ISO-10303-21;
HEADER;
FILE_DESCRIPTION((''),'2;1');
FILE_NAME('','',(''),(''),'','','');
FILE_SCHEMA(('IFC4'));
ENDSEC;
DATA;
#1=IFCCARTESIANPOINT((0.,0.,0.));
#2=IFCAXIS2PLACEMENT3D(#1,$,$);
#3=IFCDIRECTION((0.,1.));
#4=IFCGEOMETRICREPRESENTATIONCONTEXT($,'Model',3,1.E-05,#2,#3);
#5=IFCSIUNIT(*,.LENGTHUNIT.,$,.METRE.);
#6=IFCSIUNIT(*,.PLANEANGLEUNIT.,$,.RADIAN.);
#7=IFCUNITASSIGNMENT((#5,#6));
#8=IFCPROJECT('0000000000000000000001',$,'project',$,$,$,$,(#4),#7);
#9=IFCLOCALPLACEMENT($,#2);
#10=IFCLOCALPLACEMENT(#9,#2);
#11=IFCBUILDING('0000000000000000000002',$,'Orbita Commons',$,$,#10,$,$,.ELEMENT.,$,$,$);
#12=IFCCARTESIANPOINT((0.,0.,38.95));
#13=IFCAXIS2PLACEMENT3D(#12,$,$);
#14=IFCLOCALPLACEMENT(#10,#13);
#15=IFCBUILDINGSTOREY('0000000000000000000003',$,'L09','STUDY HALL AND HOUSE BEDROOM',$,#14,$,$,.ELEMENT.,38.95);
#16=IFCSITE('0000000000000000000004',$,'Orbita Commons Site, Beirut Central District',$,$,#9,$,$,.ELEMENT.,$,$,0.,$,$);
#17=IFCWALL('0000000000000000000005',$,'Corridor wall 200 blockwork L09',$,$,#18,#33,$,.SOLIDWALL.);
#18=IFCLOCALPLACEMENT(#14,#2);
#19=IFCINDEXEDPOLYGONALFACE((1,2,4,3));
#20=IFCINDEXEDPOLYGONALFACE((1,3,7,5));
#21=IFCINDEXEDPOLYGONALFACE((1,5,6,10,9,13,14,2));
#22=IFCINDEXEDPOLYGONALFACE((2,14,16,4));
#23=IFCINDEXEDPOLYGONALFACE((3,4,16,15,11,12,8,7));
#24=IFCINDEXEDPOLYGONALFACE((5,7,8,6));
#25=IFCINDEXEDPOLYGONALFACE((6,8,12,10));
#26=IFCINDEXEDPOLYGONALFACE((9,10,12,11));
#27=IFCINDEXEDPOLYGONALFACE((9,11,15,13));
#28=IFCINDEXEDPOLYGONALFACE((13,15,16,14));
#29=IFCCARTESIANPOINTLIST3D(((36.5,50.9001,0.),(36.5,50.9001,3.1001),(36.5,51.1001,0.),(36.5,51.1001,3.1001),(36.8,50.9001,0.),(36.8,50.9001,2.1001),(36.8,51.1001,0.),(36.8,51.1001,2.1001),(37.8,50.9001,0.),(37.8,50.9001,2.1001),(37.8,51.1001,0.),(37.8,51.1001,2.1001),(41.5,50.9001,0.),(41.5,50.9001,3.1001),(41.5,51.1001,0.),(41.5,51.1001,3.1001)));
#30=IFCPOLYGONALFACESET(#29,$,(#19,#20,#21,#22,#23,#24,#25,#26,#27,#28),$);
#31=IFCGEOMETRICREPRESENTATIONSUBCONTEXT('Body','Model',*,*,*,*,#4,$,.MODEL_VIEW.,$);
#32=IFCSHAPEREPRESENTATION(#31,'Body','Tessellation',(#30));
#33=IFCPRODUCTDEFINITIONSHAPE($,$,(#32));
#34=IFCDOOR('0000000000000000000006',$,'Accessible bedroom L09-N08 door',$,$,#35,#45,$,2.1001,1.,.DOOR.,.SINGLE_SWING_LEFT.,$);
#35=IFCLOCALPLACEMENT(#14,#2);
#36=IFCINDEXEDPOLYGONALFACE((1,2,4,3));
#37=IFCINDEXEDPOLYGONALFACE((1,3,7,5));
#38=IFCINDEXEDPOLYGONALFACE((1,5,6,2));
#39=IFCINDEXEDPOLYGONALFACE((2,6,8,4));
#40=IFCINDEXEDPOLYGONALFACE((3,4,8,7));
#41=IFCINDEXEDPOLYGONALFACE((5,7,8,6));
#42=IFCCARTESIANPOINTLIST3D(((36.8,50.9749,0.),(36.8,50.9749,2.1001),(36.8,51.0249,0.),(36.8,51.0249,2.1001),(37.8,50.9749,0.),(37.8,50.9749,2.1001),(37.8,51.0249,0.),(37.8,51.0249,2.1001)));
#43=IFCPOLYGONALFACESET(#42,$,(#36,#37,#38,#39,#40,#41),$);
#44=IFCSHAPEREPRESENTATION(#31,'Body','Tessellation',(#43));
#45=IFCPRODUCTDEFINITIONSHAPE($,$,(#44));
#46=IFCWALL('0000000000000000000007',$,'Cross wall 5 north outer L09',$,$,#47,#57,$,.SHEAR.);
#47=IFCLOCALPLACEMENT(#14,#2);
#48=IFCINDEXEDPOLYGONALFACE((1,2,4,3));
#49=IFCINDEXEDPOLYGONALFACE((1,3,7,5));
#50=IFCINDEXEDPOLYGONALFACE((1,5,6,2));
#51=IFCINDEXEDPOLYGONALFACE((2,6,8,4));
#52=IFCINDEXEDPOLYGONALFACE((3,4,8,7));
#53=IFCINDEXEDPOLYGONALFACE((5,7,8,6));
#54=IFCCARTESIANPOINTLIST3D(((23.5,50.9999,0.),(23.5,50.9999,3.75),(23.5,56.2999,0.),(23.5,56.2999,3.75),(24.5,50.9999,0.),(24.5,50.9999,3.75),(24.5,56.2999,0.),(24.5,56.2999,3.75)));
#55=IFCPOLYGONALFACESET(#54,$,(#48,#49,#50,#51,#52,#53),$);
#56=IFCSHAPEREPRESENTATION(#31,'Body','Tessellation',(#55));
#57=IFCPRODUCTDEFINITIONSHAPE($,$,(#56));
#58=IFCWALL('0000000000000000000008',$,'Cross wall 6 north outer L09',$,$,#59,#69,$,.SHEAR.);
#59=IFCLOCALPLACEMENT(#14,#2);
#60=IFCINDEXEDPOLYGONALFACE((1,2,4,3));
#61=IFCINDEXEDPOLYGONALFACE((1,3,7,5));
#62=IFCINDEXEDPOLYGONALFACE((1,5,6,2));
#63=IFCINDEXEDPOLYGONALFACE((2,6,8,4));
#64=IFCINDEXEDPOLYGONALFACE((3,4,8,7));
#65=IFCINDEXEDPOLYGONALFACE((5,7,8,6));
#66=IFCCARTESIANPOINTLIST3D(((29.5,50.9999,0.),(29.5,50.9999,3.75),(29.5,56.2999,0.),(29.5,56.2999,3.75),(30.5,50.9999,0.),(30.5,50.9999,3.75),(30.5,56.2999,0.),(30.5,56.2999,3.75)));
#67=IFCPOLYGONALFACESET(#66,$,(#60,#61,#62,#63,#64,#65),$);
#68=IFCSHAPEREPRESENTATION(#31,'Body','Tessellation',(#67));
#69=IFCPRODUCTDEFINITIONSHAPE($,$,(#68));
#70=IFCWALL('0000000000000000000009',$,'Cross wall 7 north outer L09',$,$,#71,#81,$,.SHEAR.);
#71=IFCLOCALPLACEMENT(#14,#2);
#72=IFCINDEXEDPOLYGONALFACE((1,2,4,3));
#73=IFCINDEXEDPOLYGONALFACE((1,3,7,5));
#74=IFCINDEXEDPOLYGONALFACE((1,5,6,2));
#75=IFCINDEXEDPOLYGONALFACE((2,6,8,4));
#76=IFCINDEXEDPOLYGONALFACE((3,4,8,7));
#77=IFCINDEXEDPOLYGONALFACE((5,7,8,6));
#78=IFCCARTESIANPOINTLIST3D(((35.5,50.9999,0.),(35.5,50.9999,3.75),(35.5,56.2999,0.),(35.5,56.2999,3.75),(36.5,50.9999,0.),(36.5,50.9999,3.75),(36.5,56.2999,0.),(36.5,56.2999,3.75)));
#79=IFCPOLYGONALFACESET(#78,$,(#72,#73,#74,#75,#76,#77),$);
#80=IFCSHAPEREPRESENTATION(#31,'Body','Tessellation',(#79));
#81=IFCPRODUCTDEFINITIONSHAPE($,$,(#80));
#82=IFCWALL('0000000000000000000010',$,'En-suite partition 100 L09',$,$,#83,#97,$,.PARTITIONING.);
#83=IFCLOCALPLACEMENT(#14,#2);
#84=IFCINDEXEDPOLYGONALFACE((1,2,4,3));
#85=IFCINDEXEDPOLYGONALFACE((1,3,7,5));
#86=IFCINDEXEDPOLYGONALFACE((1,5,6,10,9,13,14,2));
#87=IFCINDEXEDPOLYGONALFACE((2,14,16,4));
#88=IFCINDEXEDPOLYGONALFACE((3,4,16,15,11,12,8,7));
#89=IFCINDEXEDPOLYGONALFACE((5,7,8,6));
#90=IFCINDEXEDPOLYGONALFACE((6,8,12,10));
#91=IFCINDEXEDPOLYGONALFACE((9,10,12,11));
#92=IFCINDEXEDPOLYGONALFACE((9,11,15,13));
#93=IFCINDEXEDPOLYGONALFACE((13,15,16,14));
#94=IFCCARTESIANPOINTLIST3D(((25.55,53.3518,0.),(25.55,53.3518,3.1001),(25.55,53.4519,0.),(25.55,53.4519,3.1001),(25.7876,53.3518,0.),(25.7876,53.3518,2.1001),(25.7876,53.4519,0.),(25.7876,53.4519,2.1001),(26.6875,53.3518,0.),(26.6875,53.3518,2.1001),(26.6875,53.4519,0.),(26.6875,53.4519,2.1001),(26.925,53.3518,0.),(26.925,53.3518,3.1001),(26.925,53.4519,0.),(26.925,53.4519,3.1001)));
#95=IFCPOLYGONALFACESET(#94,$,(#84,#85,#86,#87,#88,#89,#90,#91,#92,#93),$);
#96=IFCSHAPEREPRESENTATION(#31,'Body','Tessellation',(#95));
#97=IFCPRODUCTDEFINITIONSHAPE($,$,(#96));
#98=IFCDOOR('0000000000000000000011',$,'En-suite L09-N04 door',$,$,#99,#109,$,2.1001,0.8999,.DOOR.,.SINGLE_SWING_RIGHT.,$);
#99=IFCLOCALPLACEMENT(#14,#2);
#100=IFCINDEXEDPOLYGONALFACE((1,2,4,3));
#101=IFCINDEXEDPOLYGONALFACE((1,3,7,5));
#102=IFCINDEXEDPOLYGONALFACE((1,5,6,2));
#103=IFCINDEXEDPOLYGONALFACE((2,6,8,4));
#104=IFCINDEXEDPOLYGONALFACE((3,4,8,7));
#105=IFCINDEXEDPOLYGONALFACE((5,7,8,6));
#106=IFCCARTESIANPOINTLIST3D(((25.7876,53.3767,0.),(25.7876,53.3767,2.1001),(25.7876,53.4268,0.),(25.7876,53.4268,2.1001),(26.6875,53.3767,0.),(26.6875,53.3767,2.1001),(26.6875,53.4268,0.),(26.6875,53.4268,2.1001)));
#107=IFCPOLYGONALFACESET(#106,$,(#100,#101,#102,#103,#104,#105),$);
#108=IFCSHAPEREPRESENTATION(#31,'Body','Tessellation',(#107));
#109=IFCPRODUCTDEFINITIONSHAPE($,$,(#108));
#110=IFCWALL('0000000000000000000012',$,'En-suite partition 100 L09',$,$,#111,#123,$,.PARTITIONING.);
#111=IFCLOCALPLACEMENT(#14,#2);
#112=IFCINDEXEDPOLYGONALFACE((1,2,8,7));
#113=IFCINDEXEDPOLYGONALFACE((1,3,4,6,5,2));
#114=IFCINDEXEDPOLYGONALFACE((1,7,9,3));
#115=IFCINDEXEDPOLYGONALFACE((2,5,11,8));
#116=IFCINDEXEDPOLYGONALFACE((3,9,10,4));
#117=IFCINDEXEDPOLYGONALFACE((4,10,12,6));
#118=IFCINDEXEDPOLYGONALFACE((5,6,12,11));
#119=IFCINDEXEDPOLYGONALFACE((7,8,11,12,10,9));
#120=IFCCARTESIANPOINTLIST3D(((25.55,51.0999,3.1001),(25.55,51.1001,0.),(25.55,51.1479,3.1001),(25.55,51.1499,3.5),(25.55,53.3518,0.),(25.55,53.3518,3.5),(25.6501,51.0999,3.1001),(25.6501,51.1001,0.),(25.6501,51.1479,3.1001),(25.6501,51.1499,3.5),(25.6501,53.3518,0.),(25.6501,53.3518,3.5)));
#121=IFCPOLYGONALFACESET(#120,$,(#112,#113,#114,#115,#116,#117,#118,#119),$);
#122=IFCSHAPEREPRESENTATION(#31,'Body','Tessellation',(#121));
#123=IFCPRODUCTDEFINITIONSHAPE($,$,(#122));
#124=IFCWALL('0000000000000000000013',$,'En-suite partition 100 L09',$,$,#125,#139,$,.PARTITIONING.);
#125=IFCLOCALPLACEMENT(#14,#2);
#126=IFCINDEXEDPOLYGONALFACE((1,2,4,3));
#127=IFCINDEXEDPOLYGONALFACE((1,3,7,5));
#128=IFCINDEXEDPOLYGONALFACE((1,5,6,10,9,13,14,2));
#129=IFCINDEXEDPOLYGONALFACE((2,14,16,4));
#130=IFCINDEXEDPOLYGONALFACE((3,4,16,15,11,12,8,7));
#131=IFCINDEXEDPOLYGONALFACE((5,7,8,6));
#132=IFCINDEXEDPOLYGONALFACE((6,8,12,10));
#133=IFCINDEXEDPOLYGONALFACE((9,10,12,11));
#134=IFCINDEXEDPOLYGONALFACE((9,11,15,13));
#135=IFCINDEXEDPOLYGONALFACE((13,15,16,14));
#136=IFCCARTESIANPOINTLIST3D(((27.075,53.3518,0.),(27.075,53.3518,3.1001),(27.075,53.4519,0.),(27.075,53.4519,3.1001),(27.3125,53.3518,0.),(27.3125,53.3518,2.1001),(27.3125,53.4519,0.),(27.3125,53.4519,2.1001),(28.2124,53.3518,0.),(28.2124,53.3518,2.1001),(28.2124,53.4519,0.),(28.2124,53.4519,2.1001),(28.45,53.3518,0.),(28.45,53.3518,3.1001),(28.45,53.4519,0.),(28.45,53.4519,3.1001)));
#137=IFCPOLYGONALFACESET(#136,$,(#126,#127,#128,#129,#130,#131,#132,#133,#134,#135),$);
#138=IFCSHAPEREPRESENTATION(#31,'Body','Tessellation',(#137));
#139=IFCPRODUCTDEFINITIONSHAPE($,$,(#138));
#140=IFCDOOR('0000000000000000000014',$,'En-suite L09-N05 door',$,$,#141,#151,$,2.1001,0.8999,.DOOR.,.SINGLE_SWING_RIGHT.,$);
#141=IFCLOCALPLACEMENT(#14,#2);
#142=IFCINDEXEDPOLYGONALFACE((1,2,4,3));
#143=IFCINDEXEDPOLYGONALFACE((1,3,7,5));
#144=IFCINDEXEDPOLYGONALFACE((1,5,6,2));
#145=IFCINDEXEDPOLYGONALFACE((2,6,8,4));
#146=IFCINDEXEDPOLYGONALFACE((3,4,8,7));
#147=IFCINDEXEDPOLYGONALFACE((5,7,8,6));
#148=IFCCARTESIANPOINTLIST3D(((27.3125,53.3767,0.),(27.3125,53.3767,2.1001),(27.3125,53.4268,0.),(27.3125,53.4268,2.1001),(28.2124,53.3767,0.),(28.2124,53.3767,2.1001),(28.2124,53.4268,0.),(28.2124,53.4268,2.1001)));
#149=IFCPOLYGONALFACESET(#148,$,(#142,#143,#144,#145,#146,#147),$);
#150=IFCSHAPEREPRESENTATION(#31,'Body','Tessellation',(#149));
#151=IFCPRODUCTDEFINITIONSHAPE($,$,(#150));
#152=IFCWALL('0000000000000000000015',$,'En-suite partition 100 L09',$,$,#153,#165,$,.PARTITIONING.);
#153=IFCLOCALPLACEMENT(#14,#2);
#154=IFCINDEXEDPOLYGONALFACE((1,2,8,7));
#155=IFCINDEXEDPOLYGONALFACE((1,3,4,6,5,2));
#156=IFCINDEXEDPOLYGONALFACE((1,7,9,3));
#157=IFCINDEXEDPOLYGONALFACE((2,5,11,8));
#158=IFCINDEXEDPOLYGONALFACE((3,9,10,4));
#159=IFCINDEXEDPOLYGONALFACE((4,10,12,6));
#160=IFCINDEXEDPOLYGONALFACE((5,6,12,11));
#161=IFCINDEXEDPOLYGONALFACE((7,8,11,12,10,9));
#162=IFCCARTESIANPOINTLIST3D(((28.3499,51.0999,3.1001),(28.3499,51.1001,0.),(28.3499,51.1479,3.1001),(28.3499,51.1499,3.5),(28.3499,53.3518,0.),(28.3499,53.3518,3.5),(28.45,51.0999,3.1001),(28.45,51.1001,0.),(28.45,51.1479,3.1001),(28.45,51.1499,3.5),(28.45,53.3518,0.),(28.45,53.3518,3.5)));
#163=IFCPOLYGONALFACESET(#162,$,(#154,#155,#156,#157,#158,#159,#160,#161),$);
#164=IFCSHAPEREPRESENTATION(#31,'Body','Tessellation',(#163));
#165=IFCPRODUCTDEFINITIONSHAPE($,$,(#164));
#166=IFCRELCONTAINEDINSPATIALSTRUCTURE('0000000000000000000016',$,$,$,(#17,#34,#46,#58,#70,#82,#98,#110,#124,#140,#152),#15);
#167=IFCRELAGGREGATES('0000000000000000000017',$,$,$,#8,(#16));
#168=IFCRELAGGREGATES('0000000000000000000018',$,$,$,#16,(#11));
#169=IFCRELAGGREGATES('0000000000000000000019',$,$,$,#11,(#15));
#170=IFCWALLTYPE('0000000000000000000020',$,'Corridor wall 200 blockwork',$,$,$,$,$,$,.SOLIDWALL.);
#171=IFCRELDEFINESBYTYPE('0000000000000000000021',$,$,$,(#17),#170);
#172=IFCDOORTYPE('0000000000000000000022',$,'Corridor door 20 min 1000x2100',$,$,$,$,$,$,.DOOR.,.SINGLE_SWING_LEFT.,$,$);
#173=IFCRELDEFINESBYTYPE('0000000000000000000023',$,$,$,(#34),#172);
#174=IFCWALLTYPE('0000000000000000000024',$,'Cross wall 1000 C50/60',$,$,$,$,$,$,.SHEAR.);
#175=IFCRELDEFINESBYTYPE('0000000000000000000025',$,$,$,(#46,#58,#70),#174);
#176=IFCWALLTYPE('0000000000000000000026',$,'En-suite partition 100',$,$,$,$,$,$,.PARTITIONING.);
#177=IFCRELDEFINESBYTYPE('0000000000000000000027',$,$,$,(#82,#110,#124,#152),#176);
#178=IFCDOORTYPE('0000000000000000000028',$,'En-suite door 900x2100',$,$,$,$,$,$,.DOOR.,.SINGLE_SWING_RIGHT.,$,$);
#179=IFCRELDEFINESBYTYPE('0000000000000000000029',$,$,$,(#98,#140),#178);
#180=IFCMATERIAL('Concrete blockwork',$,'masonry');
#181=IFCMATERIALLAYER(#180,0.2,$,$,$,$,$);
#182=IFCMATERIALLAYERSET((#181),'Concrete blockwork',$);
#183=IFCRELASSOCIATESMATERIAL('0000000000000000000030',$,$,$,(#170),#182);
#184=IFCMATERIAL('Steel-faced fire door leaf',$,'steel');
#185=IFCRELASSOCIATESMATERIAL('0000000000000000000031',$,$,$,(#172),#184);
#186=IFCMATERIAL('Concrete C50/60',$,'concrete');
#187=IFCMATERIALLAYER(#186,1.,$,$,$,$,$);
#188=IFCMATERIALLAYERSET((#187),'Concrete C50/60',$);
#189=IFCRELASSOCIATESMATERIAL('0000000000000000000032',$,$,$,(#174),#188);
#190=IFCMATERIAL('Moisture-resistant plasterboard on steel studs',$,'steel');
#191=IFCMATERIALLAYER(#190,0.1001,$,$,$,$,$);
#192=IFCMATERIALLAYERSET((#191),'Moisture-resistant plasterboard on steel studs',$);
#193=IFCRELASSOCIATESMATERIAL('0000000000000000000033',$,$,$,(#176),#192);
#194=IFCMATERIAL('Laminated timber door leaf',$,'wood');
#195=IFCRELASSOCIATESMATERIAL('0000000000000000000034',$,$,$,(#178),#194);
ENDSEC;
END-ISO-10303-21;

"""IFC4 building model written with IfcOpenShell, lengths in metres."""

from ifc_helpers import new_model, si_unit, direction, frame, frame_2d, origin, place, context, subcontext, project, spatial, polyline, rectangle, outline, extrude, material, layer, layer_set, type_object, element, fill, save


model = new_model("IFC4")

# Units and contexts
model_context = context("Model", 3, precision=1e-05, world=origin(), true_north=direction((0.0, 1.0)))
body_context = subcontext(model_context, "Body", "Model", "MODEL_VIEW")
ifc_project = project(units=[si_unit("LENGTHUNIT", "METRE"), si_unit("PLANEANGLEUNIT", "RADIAN")], contexts=[model_context])

# Site, building, storey
site_placement = place(None, origin())
site = spatial("IfcSite", under=ifc_project, at=site_placement, Name="Orbita Commons Site, Beirut Central District", CompositionType="ELEMENT", RefElevation=0.0)
building_placement = place(site_placement, origin())
building = spatial("IfcBuilding", under=site, at=building_placement, Name="Orbita Commons", CompositionType="ELEMENT")
storey_placement = place(building_placement, frame((0.0, 0.0, 38.95)))
storey = spatial("IfcBuildingStorey", under=building, at=storey_placement, Name="L09", Description="STUDY HALL AND HOUSE BEDROOM", CompositionType="ELEMENT", Elevation=38.95)

# Shared definitions
ifc_material_1 = material(Name="Concrete blockwork", Category="masonry")
ifc_layer_1 = layer(ifc_material_1, 0.2)
ifc_layer_set_1 = layer_set([ifc_layer_1], Name="Concrete blockwork")
wall_type_1 = type_object("IfcWallType", Name="Corridor wall 200 blockwork", PredefinedType="SOLIDWALL", material=ifc_layer_set_1)

# Wall, opening, door
wall_1_placement = place(storey_placement, frame((36.5, 51.0, 0.0), z_axis=(0.0, 0.0, 1.0), x_axis=(1.0, 0.0, 0.0)))
wall_1 = element("IfcWall", 1, at=wall_1_placement, inside=storey, type_object=wall_type_1, Name="Corridor wall 200 blockwork L09", PredefinedType="SOLIDWALL", context=body_context, shape_type="SweptSolid", body=[
    extrude(outline(polyline([(0.0, 0.0), (5.0, 0.0), (5.0, 3.1001), (0.0, 3.1001), (0.0, 0.0)])), frame((0.0, 0.1001, 0.0), z_axis=(0.0, -1.0, 0.0), x_axis=(1.0, 0.0, 0.0)), (0.0, 0.0, 1.0), 0.2),
])
opening_1_placement = place(wall_1_placement, frame((0.3, 0.0, 0.0)))
opening_1 = element("IfcOpeningElement", 2, at=opening_1_placement, cuts=wall_1, PredefinedType="OPENING", context=body_context, shape_type="SweptSolid", body=[
    extrude(rectangle(XDim=1.0, YDim=2.1001, at=frame_2d((0.5, 1.05))), frame((0.0, 0.1099, 0.0), z_axis=(0.0, -1.0, 0.0), x_axis=(1.0, 0.0, 0.0)), (0.0, 0.0, 1.0), 0.22),
])
ifc_material_2 = material(Name="Steel-faced fire door leaf", Category="steel")
door_type_1 = type_object("IfcDoorType", Name="Corridor door 20 min 1000x2100", OperationType="SINGLE_SWING_LEFT", PredefinedType="DOOR", material=ifc_material_2)
door_1_placement = place(opening_1_placement, origin())
door_1 = element("IfcDoor", 3, at=door_1_placement, inside=storey, type_object=door_type_1, Name="Accessible bedroom L09-N08 door", OperationType="SINGLE_SWING_LEFT", OverallHeight=2.1001, OverallWidth=1.0, PredefinedType="DOOR", context=body_context, shape_type="SweptSolid", body=[
    extrude(rectangle(XDim=1.0, YDim=2.1001, at=frame_2d((0.5, 1.05))), frame((0.0, 0.0249, 0.0), z_axis=(0.0, -1.0, 0.0), x_axis=(1.0, 0.0, 0.0)), (0.0, 0.0, 1.0), 0.05),
])
fill(opening_1, door_1)

# Walls
ifc_material_3 = material(Name="Concrete C50/60", Category="concrete")
ifc_layer_2 = layer(ifc_material_3, 1.0)
ifc_layer_set_2 = layer_set([ifc_layer_2], Name="Concrete C50/60")
wall_type_2 = type_object("IfcWallType", Name="Cross wall 1000 C50/60", PredefinedType="SHEAR", material=ifc_layer_set_2)
for number, where, z_axis, x_axis, name in (
    (4, (24.0, 51.0, 0.0), (0.0, 0.0, 1.0), (0.0, 1.0, 0.0), "Cross wall 5 north outer L09"),
    (5, (30.0, 51.0, 0.0), (0.0, 0.0, 1.0), (0.0, 1.0, 0.0), "Cross wall 6 north outer L09"),
    (6, (36.0, 51.0, 0.0), (0.0, 0.0, 1.0), (0.0, 1.0, 0.0), "Cross wall 7 north outer L09"),
):
    element("IfcWall", number, at=place(storey_placement, frame(where, z_axis=z_axis, x_axis=x_axis)), inside=storey, type_object=wall_type_2, Name=name, PredefinedType="SHEAR", context=body_context, shape_type="SweptSolid", body=[
        extrude(rectangle(XDim=5.3, YDim=1.0, at=frame_2d((2.6499, 0.0))), origin(), (0.0, 0.0, 1.0), 3.75),
    ])

# Wall, opening, door
ifc_material_4 = material(Name="Moisture-resistant plasterboard on steel studs", Category="steel")
ifc_layer_3 = layer(ifc_material_4, 0.1001)
ifc_layer_set_3 = layer_set([ifc_layer_3], Name="Moisture-resistant plasterboard on steel studs")
wall_type_3 = type_object("IfcWallType", Name="En-suite partition 100", PredefinedType="PARTITIONING", material=ifc_layer_set_3)
wall_2_placement = place(storey_placement, frame((25.55, 53.4019, 0.0), z_axis=(0.0, 0.0, 1.0), x_axis=(1.0, 0.0, 0.0)))
wall_2 = element("IfcWall", 7, at=wall_2_placement, inside=storey, type_object=wall_type_3, Name="En-suite partition 100 L09", PredefinedType="PARTITIONING", context=body_context, shape_type="SweptSolid", body=[
    extrude(outline(polyline([(0.0, 0.0), (1.375, 0.0), (1.375, 3.1001), (0.0, 3.1001), (0.0, 0.0)])), frame((0.0, 0.05, 0.0), z_axis=(0.0, -1.0, 0.0), x_axis=(1.0, 0.0, 0.0)), (0.0, 0.0, 1.0), 0.1001),
])
opening_2_placement = place(wall_2_placement, frame((0.2375, 0.0, 0.0)))
opening_2 = element("IfcOpeningElement", 8, at=opening_2_placement, cuts=wall_2, PredefinedType="OPENING", context=body_context, shape_type="SweptSolid", body=[
    extrude(rectangle(XDim=0.8999, YDim=2.1001, at=frame_2d((0.45, 1.05))), frame((0.0, 0.0601, 0.0), z_axis=(0.0, -1.0, 0.0), x_axis=(1.0, 0.0, 0.0)), (0.0, 0.0, 1.0), 0.1201),
])
ifc_material_5 = material(Name="Laminated timber door leaf", Category="wood")
door_type_2 = type_object("IfcDoorType", Name="En-suite door 900x2100", OperationType="SINGLE_SWING_RIGHT", PredefinedType="DOOR", material=ifc_material_5)
door_2_placement = place(opening_2_placement, origin())
door_2 = element("IfcDoor", 9, at=door_2_placement, inside=storey, type_object=door_type_2, Name="En-suite L09-N04 door", OperationType="SINGLE_SWING_RIGHT", OverallHeight=2.1001, OverallWidth=0.8999, PredefinedType="DOOR", context=body_context, shape_type="SweptSolid", body=[
    extrude(rectangle(XDim=0.8999, YDim=2.1001, at=frame_2d((0.45, 1.05))), frame((0.0, 0.0249, 0.0), z_axis=(0.0, -1.0, 0.0), x_axis=(1.0, 0.0, 0.0)), (0.0, 0.0, 1.0), 0.05),
])
fill(opening_2, door_2)

# Wall
wall_3_placement = place(storey_placement, frame((25.6001, 53.3518, 0.0), z_axis=(0.0, 0.0, 1.0), x_axis=(0.0, -1.0, 0.0)))
element("IfcWall", 10, at=wall_3_placement, inside=storey, type_object=wall_type_3, Name="En-suite partition 100 L09", PredefinedType="PARTITIONING", context=body_context, shape_type="SweptSolid", body=[
    extrude(outline(polyline([(0.0, 0.0), (2.2517, 0.0), (2.252, 3.1001), (2.2039, 3.1001), (2.2019, 3.5), (0.0, 3.5), (0.0, 0.0)])), frame((0.0, 0.05, 0.0), z_axis=(0.0, -1.0, 0.0), x_axis=(1.0, 0.0, 0.0)), (0.0, 0.0, 1.0), 0.1001),
])

# Wall, opening, door
wall_4_placement = place(storey_placement, frame((27.075, 53.4019, 0.0), z_axis=(0.0, 0.0, 1.0), x_axis=(1.0, 0.0, 0.0)))
wall_4 = element("IfcWall", 11, at=wall_4_placement, inside=storey, type_object=wall_type_3, Name="En-suite partition 100 L09", PredefinedType="PARTITIONING", context=body_context, shape_type="SweptSolid", body=[
    extrude(outline(polyline([(0.0, 0.0), (1.375, 0.0), (1.375, 3.1001), (0.0, 3.1001), (0.0, 0.0)])), frame((0.0, 0.05, 0.0), z_axis=(0.0, -1.0, 0.0), x_axis=(1.0, 0.0, 0.0)), (0.0, 0.0, 1.0), 0.1001),
])
opening_3_placement = place(wall_4_placement, frame((0.2375, 0.0, 0.0)))
opening_3 = element("IfcOpeningElement", 12, at=opening_3_placement, cuts=wall_4, PredefinedType="OPENING", context=body_context, shape_type="SweptSolid", body=[
    extrude(rectangle(XDim=0.8999, YDim=2.1001, at=frame_2d((0.45, 1.05))), frame((0.0, 0.0601, 0.0), z_axis=(0.0, -1.0, 0.0), x_axis=(1.0, 0.0, 0.0)), (0.0, 0.0, 1.0), 0.1201),
])
door_3_placement = place(opening_3_placement, origin())
door_3 = element("IfcDoor", 13, at=door_3_placement, inside=storey, type_object=door_type_2, Name="En-suite L09-N05 door", OperationType="SINGLE_SWING_RIGHT", OverallHeight=2.1001, OverallWidth=0.8999, PredefinedType="DOOR", context=body_context, shape_type="SweptSolid", body=[
    extrude(rectangle(XDim=0.8999, YDim=2.1001, at=frame_2d((0.45, 1.05))), frame((0.0, 0.0249, 0.0), z_axis=(0.0, -1.0, 0.0), x_axis=(1.0, 0.0, 0.0)), (0.0, 0.0, 1.0), 0.05),
])
fill(opening_3, door_3)

# Wall
wall_5_placement = place(storey_placement, frame((28.3999, 53.3518, 0.0), z_axis=(0.0, 0.0, 1.0), x_axis=(0.0, -1.0, 0.0)))
element("IfcWall", 14, at=wall_5_placement, inside=storey, type_object=wall_type_3, Name="En-suite partition 100 L09", PredefinedType="PARTITIONING", context=body_context, shape_type="SweptSolid", body=[
    extrude(outline(polyline([(0.0, 0.0), (2.2517, 0.0), (2.252, 3.1001), (2.2039, 3.1001), (2.2019, 3.5), (0.0, 3.5), (0.0, 0.0)])), frame((0.0, 0.05, 0.0), z_axis=(0.0, -1.0, 0.0), x_axis=(1.0, 0.0, 0.0)), (0.0, 0.0, 1.0), 0.1001),
])

save(model, "model.ifc")
